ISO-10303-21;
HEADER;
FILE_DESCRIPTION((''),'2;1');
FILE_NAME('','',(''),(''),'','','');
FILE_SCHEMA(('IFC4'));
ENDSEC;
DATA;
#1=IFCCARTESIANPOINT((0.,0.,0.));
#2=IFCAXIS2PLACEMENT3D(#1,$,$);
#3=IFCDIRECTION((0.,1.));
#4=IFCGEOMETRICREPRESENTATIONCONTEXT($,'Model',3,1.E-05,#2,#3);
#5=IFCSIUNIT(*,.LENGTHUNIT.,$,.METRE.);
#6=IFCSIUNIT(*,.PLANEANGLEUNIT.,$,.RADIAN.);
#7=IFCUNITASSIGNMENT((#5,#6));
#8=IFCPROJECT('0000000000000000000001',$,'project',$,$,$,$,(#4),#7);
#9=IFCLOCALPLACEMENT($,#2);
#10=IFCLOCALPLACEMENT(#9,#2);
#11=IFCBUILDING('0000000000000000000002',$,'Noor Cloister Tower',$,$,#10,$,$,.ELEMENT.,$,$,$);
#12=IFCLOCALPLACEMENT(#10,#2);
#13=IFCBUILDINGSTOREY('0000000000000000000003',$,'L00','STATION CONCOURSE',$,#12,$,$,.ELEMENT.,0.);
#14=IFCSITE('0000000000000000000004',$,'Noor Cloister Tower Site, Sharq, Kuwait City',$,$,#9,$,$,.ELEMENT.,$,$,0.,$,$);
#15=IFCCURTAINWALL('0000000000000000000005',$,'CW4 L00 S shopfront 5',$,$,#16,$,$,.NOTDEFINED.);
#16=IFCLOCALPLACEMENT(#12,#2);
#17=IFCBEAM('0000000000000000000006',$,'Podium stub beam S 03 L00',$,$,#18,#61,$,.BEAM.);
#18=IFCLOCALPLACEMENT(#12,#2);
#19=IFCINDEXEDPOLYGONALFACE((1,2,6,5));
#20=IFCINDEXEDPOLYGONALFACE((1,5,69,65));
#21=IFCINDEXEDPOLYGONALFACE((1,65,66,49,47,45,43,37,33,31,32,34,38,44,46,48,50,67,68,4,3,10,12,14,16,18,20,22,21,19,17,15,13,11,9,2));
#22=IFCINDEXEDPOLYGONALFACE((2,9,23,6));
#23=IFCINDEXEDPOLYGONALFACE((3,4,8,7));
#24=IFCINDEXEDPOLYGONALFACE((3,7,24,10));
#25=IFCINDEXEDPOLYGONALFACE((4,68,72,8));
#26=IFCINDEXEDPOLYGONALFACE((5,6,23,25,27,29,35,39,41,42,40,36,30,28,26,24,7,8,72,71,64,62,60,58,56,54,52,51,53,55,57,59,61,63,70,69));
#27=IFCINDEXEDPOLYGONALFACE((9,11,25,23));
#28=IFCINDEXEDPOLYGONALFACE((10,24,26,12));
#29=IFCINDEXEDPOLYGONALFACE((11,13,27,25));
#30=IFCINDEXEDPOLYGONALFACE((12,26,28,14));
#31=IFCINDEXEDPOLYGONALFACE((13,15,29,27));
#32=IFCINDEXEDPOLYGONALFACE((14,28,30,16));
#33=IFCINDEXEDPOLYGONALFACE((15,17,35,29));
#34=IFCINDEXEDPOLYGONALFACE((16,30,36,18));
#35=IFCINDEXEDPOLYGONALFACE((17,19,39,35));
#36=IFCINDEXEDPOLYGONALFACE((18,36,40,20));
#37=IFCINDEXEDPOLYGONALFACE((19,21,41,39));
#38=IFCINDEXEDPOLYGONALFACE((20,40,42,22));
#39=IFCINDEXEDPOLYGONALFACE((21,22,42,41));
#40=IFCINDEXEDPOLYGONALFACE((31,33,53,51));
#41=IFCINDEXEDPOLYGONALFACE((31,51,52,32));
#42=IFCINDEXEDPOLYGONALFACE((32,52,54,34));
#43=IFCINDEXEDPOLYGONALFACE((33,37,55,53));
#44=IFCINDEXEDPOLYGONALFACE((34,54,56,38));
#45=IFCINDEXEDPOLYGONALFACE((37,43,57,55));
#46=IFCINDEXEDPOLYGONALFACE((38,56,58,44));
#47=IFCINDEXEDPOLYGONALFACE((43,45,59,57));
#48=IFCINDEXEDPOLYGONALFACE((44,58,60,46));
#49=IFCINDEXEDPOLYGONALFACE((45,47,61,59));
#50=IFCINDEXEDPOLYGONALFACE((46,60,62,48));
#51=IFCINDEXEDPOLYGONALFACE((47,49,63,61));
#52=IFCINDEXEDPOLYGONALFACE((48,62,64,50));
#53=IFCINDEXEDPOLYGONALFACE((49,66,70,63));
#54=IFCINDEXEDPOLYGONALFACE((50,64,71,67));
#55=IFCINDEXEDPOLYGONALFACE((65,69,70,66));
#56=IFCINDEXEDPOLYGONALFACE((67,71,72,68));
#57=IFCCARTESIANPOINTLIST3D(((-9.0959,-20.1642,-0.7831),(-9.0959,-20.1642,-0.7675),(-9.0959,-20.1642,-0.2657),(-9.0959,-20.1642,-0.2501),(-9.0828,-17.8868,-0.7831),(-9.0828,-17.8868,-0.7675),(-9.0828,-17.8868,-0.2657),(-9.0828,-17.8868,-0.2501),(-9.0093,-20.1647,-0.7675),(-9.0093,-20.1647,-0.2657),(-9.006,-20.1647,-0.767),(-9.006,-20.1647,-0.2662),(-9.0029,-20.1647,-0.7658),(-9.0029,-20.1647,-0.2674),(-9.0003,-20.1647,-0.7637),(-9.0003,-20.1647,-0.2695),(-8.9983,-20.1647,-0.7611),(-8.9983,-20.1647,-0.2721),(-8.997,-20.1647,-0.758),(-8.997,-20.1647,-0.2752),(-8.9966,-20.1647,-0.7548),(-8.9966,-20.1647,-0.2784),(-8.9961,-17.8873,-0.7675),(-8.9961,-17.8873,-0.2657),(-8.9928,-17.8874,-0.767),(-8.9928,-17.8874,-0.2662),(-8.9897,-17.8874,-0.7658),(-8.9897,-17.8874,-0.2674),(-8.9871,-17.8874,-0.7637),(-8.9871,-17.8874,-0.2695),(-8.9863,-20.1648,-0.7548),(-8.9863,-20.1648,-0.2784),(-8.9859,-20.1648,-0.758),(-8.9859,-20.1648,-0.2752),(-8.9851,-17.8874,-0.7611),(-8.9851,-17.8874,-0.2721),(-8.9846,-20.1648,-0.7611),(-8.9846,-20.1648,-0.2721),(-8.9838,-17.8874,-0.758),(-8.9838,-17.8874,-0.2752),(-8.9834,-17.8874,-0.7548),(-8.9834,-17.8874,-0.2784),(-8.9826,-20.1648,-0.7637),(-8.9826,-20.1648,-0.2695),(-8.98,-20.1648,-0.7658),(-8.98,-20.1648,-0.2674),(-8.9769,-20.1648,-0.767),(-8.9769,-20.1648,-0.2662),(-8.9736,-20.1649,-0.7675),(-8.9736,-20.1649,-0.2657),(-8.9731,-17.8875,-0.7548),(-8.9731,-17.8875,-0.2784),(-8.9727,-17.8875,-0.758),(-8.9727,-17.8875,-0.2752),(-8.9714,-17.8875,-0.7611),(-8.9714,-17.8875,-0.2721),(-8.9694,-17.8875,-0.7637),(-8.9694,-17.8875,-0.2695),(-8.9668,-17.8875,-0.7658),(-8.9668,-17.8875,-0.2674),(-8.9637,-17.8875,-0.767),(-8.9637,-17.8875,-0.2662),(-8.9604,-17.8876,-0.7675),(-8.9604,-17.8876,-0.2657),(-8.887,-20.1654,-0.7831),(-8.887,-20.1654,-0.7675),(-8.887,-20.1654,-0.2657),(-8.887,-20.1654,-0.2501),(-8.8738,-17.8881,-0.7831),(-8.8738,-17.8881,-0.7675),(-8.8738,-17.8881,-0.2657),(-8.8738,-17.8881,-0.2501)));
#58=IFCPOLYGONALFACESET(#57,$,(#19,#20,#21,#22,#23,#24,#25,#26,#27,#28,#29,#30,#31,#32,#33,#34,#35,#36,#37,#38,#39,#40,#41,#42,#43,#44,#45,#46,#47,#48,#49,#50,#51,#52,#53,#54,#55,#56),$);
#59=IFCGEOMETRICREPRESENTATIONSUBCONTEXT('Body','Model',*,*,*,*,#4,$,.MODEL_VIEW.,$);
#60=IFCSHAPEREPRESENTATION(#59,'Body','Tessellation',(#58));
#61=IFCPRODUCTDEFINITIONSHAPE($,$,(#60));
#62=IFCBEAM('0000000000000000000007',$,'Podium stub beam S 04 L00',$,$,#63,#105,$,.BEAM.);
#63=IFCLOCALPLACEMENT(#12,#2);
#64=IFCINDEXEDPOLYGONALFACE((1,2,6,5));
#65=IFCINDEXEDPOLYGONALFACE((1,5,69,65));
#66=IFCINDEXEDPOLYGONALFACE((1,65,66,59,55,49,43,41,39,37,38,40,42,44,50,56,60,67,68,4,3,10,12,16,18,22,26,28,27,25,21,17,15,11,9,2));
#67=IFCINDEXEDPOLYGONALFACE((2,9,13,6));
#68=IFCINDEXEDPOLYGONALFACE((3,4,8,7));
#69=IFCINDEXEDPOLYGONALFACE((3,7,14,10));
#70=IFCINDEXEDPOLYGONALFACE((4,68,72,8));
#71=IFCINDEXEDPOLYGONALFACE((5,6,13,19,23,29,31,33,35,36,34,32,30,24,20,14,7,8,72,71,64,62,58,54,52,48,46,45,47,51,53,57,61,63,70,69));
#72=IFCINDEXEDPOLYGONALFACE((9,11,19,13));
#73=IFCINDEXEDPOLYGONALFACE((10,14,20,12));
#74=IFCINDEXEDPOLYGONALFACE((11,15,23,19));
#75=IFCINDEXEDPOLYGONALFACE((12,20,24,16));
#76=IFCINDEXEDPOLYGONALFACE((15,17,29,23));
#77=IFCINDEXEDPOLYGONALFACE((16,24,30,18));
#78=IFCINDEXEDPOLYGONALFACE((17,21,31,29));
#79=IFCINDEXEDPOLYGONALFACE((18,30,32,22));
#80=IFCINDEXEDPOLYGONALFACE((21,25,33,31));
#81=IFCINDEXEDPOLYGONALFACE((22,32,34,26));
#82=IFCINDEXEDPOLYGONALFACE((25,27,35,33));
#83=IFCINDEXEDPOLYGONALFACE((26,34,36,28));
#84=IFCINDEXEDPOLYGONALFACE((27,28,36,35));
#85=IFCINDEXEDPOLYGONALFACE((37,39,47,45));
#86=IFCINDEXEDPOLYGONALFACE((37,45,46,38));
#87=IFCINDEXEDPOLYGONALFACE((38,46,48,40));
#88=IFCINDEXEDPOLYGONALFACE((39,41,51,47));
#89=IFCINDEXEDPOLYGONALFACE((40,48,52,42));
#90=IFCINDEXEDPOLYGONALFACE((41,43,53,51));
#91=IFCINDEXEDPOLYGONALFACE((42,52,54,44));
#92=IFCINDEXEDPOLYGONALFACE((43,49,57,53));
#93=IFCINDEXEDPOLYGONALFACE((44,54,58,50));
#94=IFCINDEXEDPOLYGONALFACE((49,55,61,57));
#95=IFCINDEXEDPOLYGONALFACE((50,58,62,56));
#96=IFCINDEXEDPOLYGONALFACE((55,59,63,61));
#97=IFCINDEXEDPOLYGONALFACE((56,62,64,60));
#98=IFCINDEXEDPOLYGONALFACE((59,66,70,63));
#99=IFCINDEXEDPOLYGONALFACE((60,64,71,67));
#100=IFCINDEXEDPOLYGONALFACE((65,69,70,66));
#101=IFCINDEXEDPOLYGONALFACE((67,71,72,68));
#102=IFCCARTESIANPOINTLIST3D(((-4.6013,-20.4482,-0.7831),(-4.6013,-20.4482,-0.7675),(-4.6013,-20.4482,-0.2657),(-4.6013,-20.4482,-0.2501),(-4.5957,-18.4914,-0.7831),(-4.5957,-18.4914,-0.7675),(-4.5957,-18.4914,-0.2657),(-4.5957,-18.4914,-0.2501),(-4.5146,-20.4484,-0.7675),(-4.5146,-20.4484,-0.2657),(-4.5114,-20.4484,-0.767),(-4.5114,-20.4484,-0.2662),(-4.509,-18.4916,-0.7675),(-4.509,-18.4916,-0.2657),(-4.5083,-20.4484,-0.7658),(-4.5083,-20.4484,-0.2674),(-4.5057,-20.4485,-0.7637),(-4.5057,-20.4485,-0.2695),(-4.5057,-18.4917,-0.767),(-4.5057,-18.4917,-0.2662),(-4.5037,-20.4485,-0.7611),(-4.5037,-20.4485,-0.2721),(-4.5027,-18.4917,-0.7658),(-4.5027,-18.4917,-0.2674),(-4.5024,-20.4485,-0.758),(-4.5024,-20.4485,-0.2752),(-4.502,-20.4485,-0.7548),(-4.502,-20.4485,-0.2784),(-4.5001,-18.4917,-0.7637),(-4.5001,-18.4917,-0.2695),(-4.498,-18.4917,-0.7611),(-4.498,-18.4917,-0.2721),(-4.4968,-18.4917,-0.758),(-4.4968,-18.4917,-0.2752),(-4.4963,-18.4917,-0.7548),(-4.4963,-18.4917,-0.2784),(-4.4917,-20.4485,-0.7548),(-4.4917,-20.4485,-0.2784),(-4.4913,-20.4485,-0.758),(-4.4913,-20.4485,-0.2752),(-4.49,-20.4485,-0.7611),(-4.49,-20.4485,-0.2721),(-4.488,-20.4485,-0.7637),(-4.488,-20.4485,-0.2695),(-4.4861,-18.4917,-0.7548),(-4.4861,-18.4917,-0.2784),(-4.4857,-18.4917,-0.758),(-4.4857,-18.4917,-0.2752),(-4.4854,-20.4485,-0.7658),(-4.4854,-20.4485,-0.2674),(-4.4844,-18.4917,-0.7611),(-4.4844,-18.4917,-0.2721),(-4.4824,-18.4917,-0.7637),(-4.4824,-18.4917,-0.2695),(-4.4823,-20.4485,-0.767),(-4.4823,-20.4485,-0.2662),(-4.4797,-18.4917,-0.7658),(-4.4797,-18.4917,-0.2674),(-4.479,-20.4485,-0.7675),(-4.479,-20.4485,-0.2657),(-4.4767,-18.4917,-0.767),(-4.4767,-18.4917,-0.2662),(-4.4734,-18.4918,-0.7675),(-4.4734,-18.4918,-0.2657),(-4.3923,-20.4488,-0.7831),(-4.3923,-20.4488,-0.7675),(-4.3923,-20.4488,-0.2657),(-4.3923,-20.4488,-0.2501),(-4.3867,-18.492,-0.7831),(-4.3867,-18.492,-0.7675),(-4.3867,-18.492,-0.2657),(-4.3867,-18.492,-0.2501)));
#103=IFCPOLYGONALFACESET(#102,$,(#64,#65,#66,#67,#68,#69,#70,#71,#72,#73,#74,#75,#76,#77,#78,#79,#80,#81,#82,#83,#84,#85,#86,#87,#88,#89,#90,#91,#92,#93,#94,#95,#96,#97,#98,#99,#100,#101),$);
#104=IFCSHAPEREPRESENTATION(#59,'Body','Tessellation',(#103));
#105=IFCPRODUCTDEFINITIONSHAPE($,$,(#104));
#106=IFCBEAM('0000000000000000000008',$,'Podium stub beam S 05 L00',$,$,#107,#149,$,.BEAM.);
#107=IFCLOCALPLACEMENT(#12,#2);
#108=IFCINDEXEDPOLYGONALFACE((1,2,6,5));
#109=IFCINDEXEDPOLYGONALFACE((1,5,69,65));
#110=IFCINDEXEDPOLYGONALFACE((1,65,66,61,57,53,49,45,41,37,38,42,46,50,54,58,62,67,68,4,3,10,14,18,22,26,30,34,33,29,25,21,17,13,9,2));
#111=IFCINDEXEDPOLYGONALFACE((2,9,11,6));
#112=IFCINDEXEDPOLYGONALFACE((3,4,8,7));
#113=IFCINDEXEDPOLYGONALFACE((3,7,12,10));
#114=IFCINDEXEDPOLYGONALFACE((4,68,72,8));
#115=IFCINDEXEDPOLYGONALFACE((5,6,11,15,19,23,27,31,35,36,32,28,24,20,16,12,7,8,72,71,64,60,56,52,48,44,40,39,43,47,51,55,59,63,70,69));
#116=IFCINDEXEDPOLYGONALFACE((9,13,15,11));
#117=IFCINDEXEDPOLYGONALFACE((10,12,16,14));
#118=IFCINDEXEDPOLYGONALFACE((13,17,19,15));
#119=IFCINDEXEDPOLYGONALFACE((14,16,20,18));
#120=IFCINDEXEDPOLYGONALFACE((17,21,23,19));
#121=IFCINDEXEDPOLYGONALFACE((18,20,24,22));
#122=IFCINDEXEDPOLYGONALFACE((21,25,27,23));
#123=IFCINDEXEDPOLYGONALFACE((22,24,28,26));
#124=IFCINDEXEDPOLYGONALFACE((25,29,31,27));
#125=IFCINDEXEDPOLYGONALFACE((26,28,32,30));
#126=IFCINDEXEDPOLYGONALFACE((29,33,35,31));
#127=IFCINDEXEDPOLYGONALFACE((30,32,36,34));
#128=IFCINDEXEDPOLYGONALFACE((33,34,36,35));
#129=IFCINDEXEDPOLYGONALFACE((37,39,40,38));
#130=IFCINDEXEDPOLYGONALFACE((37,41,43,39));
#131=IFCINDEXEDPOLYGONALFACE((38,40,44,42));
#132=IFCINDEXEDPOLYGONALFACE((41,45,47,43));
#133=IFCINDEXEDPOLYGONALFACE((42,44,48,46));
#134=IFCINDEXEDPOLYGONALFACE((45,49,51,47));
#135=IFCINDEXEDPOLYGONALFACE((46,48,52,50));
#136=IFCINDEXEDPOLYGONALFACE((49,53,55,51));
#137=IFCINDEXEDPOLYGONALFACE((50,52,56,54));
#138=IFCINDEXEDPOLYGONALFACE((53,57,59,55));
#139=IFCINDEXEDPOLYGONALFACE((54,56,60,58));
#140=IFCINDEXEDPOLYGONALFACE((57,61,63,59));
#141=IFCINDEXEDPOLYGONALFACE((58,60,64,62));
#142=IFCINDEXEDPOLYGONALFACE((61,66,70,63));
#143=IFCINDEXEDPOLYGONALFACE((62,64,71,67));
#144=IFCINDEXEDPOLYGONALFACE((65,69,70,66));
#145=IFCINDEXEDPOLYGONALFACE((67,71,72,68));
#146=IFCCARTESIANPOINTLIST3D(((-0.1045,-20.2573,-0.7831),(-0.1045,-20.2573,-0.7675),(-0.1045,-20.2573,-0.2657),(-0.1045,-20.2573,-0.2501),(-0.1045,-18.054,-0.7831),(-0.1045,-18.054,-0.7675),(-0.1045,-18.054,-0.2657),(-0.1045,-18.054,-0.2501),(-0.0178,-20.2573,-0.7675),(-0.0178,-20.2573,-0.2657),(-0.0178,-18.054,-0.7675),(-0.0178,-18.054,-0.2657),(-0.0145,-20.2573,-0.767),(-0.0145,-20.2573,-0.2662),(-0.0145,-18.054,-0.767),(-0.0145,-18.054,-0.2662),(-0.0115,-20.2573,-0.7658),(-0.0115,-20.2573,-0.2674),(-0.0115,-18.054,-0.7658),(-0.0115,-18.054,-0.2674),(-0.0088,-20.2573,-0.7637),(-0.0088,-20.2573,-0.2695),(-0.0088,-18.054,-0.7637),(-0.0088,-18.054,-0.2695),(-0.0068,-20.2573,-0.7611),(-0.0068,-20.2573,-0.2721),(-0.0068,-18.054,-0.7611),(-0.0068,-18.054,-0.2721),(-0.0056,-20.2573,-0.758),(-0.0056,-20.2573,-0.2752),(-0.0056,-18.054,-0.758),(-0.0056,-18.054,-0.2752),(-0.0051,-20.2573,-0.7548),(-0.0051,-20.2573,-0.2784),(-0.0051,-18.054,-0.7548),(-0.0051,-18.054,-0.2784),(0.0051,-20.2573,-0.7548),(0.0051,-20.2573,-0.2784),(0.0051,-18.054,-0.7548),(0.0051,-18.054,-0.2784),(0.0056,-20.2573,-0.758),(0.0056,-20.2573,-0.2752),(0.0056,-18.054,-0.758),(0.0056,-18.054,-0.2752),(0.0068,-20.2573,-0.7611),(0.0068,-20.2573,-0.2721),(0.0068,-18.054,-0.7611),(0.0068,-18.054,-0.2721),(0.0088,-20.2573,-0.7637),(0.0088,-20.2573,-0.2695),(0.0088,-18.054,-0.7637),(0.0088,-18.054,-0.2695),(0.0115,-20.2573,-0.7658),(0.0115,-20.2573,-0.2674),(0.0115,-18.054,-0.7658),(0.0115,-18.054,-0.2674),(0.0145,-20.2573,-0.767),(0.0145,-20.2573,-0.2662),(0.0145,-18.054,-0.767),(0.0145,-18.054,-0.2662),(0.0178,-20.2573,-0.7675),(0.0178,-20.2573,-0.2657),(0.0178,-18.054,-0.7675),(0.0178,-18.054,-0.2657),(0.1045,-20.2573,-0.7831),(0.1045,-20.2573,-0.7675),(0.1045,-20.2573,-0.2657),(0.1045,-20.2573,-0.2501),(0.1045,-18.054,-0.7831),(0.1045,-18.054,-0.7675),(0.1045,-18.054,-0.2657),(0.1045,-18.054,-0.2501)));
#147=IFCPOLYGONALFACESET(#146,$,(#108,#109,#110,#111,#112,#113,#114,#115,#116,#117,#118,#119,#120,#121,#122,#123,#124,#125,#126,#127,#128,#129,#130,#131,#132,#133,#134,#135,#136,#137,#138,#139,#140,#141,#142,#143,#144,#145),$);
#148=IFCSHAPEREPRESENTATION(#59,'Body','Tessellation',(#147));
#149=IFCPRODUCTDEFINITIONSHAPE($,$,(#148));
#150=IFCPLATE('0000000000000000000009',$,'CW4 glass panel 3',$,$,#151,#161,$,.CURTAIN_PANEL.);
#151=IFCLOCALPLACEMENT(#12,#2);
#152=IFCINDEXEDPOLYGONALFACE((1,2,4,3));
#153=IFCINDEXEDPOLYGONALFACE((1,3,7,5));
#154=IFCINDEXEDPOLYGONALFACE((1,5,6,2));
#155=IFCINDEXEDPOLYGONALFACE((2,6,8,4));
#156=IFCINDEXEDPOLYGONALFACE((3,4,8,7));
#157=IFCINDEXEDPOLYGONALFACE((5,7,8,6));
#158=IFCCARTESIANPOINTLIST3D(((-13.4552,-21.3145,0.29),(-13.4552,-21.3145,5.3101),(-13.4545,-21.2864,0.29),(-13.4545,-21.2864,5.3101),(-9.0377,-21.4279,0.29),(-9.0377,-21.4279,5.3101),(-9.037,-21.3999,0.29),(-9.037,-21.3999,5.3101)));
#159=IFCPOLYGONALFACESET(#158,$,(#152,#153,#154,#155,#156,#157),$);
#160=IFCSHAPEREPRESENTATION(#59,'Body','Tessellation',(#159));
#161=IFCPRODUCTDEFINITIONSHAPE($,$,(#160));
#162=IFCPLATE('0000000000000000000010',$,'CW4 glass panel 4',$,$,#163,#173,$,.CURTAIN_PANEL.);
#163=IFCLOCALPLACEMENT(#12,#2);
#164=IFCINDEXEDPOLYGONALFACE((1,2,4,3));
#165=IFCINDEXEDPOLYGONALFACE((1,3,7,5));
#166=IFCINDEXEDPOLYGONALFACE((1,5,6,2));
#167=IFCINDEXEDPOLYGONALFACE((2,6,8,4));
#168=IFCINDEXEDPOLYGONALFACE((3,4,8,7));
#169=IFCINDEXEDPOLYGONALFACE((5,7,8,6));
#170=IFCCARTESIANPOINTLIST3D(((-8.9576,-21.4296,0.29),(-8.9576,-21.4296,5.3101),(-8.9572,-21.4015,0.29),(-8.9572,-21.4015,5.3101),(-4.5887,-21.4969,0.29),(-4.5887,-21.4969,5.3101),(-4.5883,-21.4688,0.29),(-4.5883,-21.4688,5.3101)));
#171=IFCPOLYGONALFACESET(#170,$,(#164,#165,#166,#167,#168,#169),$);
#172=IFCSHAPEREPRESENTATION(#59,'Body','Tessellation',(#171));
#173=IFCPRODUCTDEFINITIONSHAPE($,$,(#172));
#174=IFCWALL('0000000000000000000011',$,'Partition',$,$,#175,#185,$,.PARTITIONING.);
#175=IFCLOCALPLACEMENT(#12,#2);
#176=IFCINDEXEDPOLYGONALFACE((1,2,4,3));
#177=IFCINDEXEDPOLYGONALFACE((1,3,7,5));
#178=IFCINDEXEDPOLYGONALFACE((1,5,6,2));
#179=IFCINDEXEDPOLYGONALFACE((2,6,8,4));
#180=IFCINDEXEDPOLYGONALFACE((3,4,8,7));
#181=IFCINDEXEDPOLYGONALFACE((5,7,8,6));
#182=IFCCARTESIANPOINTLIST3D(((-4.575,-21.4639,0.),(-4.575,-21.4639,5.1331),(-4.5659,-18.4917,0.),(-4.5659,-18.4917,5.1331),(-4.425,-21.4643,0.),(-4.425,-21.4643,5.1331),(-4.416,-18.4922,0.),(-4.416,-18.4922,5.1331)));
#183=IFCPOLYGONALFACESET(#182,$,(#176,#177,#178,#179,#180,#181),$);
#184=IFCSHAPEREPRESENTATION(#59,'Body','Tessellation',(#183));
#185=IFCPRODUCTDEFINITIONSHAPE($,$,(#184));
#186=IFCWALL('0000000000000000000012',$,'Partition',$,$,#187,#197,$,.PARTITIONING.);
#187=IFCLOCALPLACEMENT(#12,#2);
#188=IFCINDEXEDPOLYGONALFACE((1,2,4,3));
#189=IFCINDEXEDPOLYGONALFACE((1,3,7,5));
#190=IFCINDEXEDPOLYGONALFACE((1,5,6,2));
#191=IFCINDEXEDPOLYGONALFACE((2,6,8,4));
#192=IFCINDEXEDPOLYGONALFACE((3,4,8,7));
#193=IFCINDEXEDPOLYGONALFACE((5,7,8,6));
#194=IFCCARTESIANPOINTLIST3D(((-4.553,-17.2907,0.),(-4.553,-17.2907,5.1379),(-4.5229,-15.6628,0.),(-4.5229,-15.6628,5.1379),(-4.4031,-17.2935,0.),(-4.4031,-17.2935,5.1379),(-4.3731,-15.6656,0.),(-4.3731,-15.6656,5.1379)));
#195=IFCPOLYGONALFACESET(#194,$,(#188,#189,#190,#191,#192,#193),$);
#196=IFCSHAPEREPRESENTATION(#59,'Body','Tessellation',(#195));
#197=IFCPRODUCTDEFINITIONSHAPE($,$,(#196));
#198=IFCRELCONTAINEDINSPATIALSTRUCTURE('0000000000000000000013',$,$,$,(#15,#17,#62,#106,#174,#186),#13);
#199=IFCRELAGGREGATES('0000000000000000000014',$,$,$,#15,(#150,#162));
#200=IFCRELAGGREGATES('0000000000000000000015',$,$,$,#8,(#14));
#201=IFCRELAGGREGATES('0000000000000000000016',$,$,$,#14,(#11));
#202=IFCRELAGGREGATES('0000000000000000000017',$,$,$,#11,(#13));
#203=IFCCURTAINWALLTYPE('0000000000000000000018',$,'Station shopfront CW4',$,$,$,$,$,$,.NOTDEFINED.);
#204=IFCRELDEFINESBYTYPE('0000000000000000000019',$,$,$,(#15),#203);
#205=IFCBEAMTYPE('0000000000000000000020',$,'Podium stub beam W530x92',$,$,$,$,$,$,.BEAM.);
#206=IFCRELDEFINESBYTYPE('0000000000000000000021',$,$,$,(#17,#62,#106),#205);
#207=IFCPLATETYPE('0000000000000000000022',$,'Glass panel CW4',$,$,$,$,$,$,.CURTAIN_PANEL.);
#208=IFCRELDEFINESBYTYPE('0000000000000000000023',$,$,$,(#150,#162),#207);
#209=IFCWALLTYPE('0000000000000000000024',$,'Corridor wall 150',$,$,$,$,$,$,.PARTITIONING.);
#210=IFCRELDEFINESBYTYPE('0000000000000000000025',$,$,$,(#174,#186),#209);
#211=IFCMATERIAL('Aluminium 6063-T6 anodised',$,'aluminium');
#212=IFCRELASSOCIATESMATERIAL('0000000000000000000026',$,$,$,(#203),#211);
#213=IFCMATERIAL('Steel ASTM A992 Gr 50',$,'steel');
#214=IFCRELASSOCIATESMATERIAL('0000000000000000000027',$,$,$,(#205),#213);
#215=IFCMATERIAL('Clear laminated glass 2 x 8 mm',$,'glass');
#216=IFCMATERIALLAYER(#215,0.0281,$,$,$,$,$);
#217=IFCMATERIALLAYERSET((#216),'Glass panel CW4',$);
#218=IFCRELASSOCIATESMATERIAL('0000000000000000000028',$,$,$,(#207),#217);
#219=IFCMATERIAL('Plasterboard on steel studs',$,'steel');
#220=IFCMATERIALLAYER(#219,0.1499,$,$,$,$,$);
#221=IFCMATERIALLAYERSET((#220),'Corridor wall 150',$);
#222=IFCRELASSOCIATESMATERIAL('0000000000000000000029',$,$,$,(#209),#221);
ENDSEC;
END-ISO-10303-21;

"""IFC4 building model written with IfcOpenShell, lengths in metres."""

from ifc_helpers import new_model, si_unit, direction, frame, frame_2d, origin, origin_2d, place, context, subcontext, project, spatial, rectangle, i_section, extrude, material, layer, layer_set, material_profile, profile_set, type_object, element, aggregate, save


model = new_model("IFC4")

# Units and contexts
model_context = context("Model", 3, precision=1e-05, world=origin(), true_north=direction((0.0, 1.0)))
body_context = subcontext(model_context, "Body", "Model", "MODEL_VIEW")
ifc_project = project(units=[si_unit("LENGTHUNIT", "METRE"), si_unit("PLANEANGLEUNIT", "RADIAN")], contexts=[model_context])

# Site, building, storey
site_placement = place(None, origin())
site = spatial("IfcSite", under=ifc_project, at=site_placement, Name="Noor Cloister Tower Site, Sharq, Kuwait City", CompositionType="ELEMENT", RefElevation=0.0)
building_placement = place(site_placement, origin())
building = spatial("IfcBuilding", under=site, at=building_placement, Name="Noor Cloister Tower", CompositionType="ELEMENT")
storey_placement = place(building_placement, origin())
storey = spatial("IfcBuildingStorey", under=building, at=storey_placement, Name="L00", Description="STATION CONCOURSE", CompositionType="ELEMENT", Elevation=0.0)

# Curtain wall
ifc_material_1 = material(Name="Aluminium 6063-T6 anodised", Category="aluminium")
curtain_wall_type = type_object("IfcCurtainWallType", Name="Station shopfront CW4", PredefinedType="NOTDEFINED", material=ifc_material_1)
curtain_wall_placement = place(storey_placement, origin())
curtain_wall = element("IfcCurtainWall", 1, at=curtain_wall_placement, inside=storey, type_object=curtain_wall_type, Name="CW4 L00 S shopfront 5", PredefinedType="NOTDEFINED")

# Beams
ifc_material_2 = material(Name="Steel ASTM A992 Gr 50", Category="steel")
ifc_material_profile_1 = material_profile(ifc_material_2, i_section(OverallWidth=0.209, OverallDepth=0.533, WebThickness=0.0103, FlangeThickness=0.0156, FilletRadius=0.0127, at=origin_2d()), Name="W530x92")
ifc_profile_set_1 = profile_set([ifc_material_profile_1], Name="Steel ASTM A992 Gr 50")
beam_type_1 = type_object("IfcBeamType", Name="Podium stub beam W530x92", PredefinedType="BEAM", material=ifc_profile_set_1)
beam_1_placement = place(storey_placement, frame((-8.9783, -17.8875, -0.5166), z_axis=(-0.005789, -0.999983, 0.0), x_axis=(0.999983, -0.005789, 0.0)))
element("IfcBeam", 2, at=beam_1_placement, inside=storey, type_object=beam_type_1, Name="Podium stub beam S 03 L00", PredefinedType="BEAM", context=body_context, shape_type="SweptSolid", body=[
    extrude(i_section(OverallWidth=0.209, OverallDepth=0.533, WebThickness=0.0103, FlangeThickness=0.0156, FilletRadius=0.0127, at=origin_2d()), origin(), (0.0, 0.0, 1.0), 2.2773),
])
beam_2_placement = place(storey_placement, frame((-4.4912, -18.4917, -0.5166), z_axis=(-0.00287, -0.999996, 0.0), x_axis=(0.999996, -0.00287, 0.0)))
element("IfcBeam", 3, at=beam_2_placement, inside=storey, type_object=beam_type_1, Name="Podium stub beam S 04 L00", PredefinedType="BEAM", context=body_context, shape_type="SweptSolid", body=[
    extrude(i_section(OverallWidth=0.209, OverallDepth=0.533, WebThickness=0.0103, FlangeThickness=0.0156, FilletRadius=0.0127, at=origin_2d()), origin(), (0.0, 0.0, 1.0), 1.9568),
])
beam_3_placement = place(storey_placement, frame((0.0, -18.054, -0.5166), z_axis=(0.0, -1.0, 0.0), x_axis=(1.0, 0.0, 0.0)))
element("IfcBeam", 4, at=beam_3_placement, inside=storey, type_object=beam_type_1, Name="Podium stub beam S 05 L00", PredefinedType="BEAM", context=body_context, shape_type="SweptSolid", body=[
    extrude(i_section(OverallWidth=0.209, OverallDepth=0.533, WebThickness=0.0103, FlangeThickness=0.0156, FilletRadius=0.0127, at=origin_2d()), origin(), (0.0, 0.0, 1.0), 2.2034),
])

# Plates
ifc_material_3 = material(Name="Clear laminated glass 2 x 8 mm", Category="glass")
ifc_layer_1 = layer(ifc_material_3, 0.0281)
ifc_layer_set_1 = layer_set([ifc_layer_1], Name="Glass panel CW4")
plate_type = type_object("IfcPlateType", Name="Glass panel CW4", PredefinedType="CURTAIN_PANEL", material=ifc_layer_set_1)
plate_1_placement = place(storey_placement, frame((-11.2461, -21.3572, 0.29), z_axis=(0.0, 0.0, 1.0), x_axis=(0.99967, -0.02567, 0.0)))
plate_1 = element("IfcPlate", 5, at=plate_1_placement, type_object=plate_type, Name="CW4 glass panel 3", PredefinedType="CURTAIN_PANEL", context=body_context, shape_type="SweptSolid", body=[
    extrude(rectangle(XDim=4.4189, YDim=0.0281, at=origin_2d()), origin(), (0.0, 0.0, 1.0), 5.02),
])
plate_2_placement = place(storey_placement, frame((-6.7729, -21.4492, 0.29), z_axis=(0.0, 0.0, 1.0), x_axis=(0.999881, -0.015403, 0.0)))
plate_2 = element("IfcPlate", 6, at=plate_2_placement, type_object=plate_type, Name="CW4 glass panel 4", PredefinedType="CURTAIN_PANEL", context=body_context, shape_type="SweptSolid", body=[
    extrude(rectangle(XDim=4.3694, YDim=0.0281, at=origin_2d()), origin(), (0.0, 0.0, 1.0), 5.02),
])
aggregate(curtain_wall, [plate_1, plate_2])

# Walls
ifc_material_4 = material(Name="Plasterboard on steel studs", Category="steel")
ifc_layer_2 = layer(ifc_material_4, 0.1499)
ifc_layer_set_2 = layer_set([ifc_layer_2], Name="Corridor wall 150")
wall_type_1 = type_object("IfcWallType", Name="Corridor wall 150", PredefinedType="PARTITIONING", material=ifc_layer_set_2)
wall_1_placement = place(storey_placement, frame((-4.491, -18.4919, 0.0), z_axis=(0.0, 0.0, 1.0), x_axis=(-0.003039, -0.999995, 0.0)))
element("IfcWall", 7, at=wall_1_placement, inside=storey, type_object=wall_type_1, Name="Partition", PredefinedType="PARTITIONING", context=body_context, shape_type="SweptSolid", body=[
    extrude(rectangle(XDim=2.9722, YDim=0.1499, at=frame_2d((1.4861, 0.0))), origin(), (0.0, 0.0, 1.0), 5.1331),
])
wall_2_placement = place(storey_placement, frame((-4.478, -17.292, 0.0), z_axis=(0.0, 0.0, 1.0), x_axis=(0.018443, 0.99983, 0.0)))
element("IfcWall", 8, at=wall_2_placement, inside=storey, type_object=wall_type_1, Name="Partition", PredefinedType="PARTITIONING", context=body_context, shape_type="SweptSolid", body=[
    extrude(rectangle(XDim=1.6282, YDim=0.1499, at=frame_2d((0.814, 0.0))), origin(), (0.0, 0.0, 1.0), 5.1379),
])

save(model, "model.ifc")
